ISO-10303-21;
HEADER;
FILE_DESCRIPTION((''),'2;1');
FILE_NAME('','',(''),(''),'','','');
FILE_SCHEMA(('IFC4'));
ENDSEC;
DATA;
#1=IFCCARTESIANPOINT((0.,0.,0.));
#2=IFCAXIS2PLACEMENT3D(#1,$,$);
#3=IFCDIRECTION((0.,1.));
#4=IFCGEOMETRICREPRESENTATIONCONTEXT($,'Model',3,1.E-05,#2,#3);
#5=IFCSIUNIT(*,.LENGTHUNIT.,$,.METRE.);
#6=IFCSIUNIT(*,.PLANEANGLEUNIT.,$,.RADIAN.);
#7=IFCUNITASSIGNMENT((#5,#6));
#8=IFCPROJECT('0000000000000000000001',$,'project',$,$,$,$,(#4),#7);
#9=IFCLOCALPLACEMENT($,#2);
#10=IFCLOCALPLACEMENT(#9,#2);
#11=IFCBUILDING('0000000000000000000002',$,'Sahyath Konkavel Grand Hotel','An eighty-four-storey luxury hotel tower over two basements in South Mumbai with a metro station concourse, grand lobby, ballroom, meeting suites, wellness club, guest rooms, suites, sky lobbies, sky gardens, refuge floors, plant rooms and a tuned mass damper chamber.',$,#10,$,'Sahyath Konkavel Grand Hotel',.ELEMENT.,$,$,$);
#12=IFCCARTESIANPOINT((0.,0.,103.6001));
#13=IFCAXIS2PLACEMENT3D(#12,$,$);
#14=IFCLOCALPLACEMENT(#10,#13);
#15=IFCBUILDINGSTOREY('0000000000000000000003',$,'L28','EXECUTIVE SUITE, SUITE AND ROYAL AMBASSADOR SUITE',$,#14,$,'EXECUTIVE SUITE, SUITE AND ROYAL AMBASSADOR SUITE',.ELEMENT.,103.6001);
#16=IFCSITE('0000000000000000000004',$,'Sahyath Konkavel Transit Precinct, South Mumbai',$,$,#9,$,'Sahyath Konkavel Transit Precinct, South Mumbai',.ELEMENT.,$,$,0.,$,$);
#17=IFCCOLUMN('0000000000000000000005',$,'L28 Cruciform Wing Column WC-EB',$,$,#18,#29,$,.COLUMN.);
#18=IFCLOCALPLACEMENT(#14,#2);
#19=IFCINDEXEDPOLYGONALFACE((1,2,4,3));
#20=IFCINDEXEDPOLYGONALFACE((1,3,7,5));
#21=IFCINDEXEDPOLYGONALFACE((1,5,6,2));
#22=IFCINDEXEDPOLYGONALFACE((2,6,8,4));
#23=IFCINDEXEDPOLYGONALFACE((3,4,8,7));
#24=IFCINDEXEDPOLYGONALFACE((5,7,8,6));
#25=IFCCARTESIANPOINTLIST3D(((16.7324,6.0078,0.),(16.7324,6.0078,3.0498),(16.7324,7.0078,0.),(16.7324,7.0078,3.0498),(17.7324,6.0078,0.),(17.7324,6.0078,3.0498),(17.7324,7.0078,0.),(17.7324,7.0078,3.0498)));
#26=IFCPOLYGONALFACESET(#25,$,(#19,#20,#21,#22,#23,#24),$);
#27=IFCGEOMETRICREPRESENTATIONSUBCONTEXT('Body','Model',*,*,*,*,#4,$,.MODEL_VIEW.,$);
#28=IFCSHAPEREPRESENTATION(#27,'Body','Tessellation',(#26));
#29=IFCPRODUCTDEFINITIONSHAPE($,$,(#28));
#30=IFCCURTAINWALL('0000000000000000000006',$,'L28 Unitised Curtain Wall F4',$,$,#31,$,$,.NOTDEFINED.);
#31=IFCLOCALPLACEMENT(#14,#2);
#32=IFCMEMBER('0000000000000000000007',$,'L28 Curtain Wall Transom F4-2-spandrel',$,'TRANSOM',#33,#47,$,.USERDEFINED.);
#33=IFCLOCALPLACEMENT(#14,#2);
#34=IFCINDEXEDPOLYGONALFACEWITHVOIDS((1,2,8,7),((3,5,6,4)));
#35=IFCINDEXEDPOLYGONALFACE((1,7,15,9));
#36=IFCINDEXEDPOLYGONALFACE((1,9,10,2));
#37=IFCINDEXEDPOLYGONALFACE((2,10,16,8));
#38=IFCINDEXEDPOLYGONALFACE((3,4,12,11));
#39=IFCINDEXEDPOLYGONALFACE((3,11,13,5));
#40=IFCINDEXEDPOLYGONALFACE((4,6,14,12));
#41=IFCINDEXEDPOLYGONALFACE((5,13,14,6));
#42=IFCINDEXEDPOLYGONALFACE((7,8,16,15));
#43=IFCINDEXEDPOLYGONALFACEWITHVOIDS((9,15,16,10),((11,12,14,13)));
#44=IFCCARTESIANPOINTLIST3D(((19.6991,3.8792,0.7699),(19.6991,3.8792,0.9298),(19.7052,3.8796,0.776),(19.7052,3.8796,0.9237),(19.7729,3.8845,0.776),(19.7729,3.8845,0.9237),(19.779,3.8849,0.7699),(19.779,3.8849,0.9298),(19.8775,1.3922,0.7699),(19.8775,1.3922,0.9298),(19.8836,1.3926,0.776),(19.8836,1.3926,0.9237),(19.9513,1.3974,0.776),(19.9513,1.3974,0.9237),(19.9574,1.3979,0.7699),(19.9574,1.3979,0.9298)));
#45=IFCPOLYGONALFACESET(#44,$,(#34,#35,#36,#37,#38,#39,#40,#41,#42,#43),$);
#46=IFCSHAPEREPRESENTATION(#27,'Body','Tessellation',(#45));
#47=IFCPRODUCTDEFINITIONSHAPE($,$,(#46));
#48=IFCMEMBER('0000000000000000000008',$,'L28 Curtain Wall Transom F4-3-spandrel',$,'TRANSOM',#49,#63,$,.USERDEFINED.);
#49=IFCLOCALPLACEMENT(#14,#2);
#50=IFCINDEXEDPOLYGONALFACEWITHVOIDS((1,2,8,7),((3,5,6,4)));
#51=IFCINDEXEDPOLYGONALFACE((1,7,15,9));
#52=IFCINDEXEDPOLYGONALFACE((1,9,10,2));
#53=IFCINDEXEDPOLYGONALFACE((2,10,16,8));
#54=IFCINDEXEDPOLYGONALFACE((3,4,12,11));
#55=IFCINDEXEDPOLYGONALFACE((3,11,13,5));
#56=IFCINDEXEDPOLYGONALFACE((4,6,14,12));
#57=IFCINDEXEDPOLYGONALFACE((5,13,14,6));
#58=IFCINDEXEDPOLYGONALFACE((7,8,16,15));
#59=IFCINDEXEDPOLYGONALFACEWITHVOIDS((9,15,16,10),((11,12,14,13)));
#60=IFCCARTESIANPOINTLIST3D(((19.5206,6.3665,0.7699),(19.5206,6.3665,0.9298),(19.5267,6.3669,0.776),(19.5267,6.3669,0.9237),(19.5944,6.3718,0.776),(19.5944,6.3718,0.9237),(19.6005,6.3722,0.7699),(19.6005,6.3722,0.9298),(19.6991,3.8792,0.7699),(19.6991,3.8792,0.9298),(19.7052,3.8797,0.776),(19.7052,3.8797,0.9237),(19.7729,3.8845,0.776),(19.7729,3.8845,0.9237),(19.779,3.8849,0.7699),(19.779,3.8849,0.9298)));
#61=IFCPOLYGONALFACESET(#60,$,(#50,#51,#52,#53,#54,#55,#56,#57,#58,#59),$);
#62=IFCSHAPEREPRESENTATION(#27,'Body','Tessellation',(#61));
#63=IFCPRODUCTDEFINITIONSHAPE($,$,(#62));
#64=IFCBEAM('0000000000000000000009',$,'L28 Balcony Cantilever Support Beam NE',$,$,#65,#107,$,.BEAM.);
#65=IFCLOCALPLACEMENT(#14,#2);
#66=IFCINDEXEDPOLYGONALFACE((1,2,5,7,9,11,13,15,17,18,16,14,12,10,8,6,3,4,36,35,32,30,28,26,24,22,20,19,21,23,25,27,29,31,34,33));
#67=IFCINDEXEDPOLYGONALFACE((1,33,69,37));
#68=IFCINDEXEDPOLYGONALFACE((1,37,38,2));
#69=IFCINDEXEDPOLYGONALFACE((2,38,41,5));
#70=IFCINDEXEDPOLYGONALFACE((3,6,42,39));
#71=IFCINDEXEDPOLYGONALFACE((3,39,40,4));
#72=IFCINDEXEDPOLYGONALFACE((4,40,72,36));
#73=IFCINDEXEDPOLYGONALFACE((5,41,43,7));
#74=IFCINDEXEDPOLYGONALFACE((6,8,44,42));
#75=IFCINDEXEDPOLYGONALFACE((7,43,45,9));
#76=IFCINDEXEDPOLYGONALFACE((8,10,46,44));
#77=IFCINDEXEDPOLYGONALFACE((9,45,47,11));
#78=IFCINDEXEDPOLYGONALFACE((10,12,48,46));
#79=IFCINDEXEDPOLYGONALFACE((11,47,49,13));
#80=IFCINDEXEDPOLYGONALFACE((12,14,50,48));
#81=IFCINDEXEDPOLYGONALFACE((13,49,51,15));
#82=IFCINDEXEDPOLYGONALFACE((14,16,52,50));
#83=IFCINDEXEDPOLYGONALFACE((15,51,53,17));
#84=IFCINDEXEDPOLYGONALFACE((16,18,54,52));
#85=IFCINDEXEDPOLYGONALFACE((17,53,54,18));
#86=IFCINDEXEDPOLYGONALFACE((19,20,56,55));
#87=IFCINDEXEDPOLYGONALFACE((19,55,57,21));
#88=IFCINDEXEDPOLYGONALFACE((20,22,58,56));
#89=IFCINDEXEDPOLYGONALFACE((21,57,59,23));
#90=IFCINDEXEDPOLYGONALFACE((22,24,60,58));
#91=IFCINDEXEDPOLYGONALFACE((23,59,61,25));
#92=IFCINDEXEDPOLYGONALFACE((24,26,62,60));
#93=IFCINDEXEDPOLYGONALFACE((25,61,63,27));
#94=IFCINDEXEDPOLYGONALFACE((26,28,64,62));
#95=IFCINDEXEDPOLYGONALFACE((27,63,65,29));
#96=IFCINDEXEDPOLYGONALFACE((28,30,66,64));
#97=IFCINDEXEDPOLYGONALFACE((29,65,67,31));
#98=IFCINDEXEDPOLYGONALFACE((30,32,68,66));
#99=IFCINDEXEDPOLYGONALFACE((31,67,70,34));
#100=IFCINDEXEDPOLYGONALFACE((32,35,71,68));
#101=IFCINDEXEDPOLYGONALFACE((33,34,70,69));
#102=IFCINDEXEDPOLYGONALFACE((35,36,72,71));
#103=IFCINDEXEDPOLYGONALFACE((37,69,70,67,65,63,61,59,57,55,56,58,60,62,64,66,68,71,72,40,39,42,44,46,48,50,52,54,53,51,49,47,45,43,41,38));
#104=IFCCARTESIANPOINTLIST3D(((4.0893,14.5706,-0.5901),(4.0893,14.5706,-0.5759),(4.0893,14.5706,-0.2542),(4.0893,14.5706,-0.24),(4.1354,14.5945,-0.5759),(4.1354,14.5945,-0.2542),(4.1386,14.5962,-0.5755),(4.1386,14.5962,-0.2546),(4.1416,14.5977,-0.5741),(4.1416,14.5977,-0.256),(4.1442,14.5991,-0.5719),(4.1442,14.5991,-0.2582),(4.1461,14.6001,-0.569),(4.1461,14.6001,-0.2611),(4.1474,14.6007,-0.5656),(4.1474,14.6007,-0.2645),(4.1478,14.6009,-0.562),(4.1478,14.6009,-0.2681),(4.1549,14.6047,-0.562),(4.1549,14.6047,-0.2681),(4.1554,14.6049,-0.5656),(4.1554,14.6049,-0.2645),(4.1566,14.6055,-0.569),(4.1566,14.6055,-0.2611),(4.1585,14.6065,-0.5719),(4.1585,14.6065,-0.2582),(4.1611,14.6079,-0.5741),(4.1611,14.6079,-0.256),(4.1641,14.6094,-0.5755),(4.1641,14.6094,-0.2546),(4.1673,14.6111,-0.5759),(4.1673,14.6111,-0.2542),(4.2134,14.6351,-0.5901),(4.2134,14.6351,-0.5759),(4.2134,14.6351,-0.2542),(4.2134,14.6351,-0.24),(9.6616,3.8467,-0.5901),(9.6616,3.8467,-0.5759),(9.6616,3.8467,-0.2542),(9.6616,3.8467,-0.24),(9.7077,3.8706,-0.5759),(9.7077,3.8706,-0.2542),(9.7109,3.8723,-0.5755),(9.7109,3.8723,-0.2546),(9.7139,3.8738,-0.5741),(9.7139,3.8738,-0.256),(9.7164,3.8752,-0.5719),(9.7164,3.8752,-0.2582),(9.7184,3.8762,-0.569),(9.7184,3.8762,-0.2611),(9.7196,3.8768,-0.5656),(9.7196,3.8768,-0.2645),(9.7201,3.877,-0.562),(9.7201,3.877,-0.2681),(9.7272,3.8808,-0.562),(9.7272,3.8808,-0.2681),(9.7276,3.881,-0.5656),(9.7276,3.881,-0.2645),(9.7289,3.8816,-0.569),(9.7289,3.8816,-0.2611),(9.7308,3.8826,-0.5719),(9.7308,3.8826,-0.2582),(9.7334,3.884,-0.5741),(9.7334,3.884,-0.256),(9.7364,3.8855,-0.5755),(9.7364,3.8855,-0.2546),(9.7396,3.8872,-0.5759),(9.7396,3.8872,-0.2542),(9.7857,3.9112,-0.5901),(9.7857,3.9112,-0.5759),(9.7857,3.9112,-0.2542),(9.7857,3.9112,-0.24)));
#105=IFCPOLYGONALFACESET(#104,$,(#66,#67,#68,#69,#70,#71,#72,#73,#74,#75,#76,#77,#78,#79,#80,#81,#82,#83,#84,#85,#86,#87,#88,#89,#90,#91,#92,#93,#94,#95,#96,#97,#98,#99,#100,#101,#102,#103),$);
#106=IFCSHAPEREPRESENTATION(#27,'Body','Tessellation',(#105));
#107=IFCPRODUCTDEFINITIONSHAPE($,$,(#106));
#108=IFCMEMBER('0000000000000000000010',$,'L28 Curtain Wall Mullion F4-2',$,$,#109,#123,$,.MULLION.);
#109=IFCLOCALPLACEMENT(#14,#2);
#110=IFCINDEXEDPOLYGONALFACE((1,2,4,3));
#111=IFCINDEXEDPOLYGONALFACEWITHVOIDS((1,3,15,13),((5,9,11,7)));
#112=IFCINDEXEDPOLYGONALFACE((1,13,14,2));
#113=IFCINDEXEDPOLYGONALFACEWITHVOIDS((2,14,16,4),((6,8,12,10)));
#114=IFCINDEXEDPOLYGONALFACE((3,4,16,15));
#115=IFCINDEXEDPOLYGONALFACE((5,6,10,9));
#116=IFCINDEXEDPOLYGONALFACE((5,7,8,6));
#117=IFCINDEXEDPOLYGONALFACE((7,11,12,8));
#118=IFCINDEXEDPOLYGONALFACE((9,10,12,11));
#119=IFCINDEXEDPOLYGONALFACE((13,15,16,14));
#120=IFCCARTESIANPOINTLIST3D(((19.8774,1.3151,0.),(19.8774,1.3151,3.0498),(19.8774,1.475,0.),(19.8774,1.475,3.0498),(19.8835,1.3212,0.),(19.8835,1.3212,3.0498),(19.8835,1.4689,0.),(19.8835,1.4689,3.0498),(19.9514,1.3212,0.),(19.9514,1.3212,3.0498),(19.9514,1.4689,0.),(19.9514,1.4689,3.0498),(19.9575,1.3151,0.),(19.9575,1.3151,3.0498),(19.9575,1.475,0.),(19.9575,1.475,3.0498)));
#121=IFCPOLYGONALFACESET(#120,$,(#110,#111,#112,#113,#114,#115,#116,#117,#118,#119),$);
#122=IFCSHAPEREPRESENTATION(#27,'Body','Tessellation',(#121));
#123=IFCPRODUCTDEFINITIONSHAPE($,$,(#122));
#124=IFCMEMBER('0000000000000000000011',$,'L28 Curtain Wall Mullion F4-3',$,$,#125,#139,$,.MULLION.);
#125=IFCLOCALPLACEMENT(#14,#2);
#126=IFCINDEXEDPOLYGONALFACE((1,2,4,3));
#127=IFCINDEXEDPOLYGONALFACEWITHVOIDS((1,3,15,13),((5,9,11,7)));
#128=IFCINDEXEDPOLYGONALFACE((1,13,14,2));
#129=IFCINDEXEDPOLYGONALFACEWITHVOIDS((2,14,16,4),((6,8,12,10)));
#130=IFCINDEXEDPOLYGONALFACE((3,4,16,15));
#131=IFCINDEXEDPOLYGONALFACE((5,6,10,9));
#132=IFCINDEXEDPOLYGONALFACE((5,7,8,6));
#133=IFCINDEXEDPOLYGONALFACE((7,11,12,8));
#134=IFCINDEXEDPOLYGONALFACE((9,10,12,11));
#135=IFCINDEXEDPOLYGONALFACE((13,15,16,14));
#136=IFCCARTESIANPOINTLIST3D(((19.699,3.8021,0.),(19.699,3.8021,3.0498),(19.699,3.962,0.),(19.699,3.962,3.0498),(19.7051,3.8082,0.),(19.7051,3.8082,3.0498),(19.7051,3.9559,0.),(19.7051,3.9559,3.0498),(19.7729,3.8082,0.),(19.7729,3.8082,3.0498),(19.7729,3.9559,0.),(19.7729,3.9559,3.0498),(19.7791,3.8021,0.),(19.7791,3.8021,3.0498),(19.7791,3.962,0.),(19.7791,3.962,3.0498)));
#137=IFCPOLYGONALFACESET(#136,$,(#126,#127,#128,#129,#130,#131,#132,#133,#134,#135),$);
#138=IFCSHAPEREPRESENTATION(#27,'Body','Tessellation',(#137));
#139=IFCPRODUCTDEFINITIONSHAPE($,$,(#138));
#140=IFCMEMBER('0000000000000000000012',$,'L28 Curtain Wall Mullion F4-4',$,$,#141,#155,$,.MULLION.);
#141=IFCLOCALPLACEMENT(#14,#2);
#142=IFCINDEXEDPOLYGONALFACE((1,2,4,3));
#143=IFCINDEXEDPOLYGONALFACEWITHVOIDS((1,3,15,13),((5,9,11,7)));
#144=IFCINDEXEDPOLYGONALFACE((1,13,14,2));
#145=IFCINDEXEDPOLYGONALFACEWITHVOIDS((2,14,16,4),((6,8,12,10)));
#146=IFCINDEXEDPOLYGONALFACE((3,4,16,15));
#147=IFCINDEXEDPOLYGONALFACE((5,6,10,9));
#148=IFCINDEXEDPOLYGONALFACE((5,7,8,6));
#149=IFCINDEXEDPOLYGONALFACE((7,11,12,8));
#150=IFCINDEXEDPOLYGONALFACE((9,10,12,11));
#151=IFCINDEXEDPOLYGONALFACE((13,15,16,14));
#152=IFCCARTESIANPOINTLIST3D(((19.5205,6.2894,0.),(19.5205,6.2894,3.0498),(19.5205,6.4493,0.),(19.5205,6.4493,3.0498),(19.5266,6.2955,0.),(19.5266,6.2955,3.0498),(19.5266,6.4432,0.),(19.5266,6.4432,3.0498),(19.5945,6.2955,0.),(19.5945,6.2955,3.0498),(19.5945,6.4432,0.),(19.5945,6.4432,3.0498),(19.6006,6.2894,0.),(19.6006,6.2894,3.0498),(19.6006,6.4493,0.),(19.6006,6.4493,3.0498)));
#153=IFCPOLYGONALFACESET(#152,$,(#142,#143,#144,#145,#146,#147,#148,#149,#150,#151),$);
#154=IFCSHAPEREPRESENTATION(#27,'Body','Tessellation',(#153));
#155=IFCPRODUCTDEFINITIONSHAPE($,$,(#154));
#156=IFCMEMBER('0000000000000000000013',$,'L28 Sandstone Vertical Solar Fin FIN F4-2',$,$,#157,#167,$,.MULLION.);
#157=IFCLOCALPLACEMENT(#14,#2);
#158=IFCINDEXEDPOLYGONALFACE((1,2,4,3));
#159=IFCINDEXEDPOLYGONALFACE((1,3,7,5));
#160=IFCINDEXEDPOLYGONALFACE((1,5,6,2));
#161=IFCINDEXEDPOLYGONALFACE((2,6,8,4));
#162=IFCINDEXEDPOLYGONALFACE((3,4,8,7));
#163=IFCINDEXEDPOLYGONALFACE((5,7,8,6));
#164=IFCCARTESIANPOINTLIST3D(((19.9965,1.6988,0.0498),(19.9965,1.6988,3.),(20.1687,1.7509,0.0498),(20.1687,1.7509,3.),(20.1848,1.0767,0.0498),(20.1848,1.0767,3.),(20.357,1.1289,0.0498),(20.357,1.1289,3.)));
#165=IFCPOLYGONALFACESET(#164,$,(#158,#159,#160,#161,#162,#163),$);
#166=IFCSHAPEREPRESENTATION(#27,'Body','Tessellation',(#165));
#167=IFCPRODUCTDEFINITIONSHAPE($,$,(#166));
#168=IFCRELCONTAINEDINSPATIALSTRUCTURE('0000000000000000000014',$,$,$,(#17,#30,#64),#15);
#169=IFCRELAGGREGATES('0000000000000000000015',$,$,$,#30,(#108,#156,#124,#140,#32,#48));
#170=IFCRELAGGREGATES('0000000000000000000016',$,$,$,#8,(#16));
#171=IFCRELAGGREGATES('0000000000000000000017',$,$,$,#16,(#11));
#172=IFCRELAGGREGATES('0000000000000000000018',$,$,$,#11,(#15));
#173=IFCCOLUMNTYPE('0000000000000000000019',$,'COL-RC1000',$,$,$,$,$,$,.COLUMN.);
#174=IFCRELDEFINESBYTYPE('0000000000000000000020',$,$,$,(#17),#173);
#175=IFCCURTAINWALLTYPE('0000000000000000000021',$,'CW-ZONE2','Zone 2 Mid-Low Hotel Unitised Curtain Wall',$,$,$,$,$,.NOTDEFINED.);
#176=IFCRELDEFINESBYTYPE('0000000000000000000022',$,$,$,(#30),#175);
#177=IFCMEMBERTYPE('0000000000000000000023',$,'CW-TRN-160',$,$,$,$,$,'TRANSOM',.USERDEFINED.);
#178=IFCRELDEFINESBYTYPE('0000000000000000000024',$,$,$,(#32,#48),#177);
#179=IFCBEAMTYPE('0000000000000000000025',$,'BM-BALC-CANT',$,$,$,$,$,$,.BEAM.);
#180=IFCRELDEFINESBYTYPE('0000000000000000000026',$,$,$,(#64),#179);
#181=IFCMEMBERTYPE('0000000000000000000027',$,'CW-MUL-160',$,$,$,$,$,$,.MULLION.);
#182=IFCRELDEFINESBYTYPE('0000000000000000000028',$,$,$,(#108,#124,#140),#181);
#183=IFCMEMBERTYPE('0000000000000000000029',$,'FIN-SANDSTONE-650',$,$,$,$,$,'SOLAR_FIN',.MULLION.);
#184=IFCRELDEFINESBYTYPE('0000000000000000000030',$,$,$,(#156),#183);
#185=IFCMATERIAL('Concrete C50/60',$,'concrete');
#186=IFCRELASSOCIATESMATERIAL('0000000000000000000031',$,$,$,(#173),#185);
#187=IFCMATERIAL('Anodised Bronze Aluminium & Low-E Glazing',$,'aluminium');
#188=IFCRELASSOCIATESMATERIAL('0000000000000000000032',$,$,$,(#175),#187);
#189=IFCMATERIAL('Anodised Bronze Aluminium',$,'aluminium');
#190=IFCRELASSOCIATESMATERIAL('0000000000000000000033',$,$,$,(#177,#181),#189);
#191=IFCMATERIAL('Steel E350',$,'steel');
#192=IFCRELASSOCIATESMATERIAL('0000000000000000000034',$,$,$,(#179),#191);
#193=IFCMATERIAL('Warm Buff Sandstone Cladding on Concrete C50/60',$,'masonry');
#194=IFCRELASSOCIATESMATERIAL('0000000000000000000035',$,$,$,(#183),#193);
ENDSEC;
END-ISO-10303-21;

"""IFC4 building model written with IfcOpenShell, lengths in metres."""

from ifc_helpers import new_model, si_unit, direction, frame, origin, origin_2d, place, context, subcontext, project, spatial, rectangle, hollow_rectangle, i_section, extrude, source, transform, mapped, material, material_profile, profile_set, type_object, element, aggregate, save


model = new_model("IFC4")

# Units and contexts
model_context = context("Model", 3, precision=1e-05, world=origin(), true_north=direction((0.0, 1.0)))
body_context = subcontext(model_context, "Body", "Model", "MODEL_VIEW")
ifc_project = project(units=[si_unit("LENGTHUNIT", "METRE"), si_unit("PLANEANGLEUNIT", "RADIAN")], contexts=[model_context])

# Site, building, storey
site_placement = place(None, origin())
site = spatial("IfcSite", under=ifc_project, at=site_placement, Name="Sahyath Konkavel Transit Precinct, South Mumbai", LongName="Sahyath Konkavel Transit Precinct, South Mumbai", CompositionType="ELEMENT", RefElevation=0.0)
building_placement = place(site_placement, origin())
building = spatial("IfcBuilding", under=site, at=building_placement, Name="Sahyath Konkavel Grand Hotel", Description="An eighty-four-storey luxury hotel tower over two basements in South Mumbai with a metro station concourse, grand lobby, ballroom, meeting suites, wellness club, guest rooms, suites, sky lobbies, sky gardens, refuge floors, plant rooms and a tuned mass damper chamber.", LongName="Sahyath Konkavel Grand Hotel", CompositionType="ELEMENT")
storey_placement = place(building_placement, frame((0.0, 0.0, 103.6001)))
storey = spatial("IfcBuildingStorey", under=building, at=storey_placement, Name="L28", Description="EXECUTIVE SUITE, SUITE AND ROYAL AMBASSADOR SUITE", LongName="EXECUTIVE SUITE, SUITE AND ROYAL AMBASSADOR SUITE", CompositionType="ELEMENT", Elevation=103.6001)

# Column
ifc_material_1 = material(Name="Concrete C50/60", Category="concrete")
ifc_material_profile_1 = material_profile(ifc_material_1, rectangle(XDim=1.0, YDim=1.0, at=origin_2d()), Name="RC 1000x1000")
ifc_profile_set_1 = profile_set([ifc_material_profile_1], Name="Concrete C50/60")
column_type = type_object("IfcColumnType", Name="COL-RC1000", PredefinedType="COLUMN", material=ifc_profile_set_1)
shared_shape_1 = source(origin(), body_context, "Body", "SweptSolid", [
    extrude(rectangle(XDim=1.0, YDim=1.0, at=origin_2d()), origin(), (0.0, 0.0, 1.0), 3.0498),
])
column_placement = place(storey_placement, frame((17.2324, 6.5078, 0.0), z_axis=(0.0, 0.0, 1.0), x_axis=(1.0, 0.0, 0.0)))
element("IfcColumn", 1, at=column_placement, inside=storey, type_object=column_type, Name="L28 Cruciform Wing Column WC-EB", PredefinedType="COLUMN", context=body_context, shape_type="MappedRepresentation", body=[
    mapped(shared_shape_1, transform((0.0, 0.0, 0.0), scale=1.0)),
])

# Curtain wall, members
ifc_material_2 = material(Name="Anodised Bronze Aluminium & Low-E Glazing", Category="aluminium")
curtain_wall_type = type_object("IfcCurtainWallType", Name="CW-ZONE2", Description="Zone 2 Mid-Low Hotel Unitised Curtain Wall", PredefinedType="NOTDEFINED", material=ifc_material_2)
curtain_wall_placement = place(storey_placement, origin())
curtain_wall = element("IfcCurtainWall", 2, at=curtain_wall_placement, inside=storey, type_object=curtain_wall_type, Name="L28 Unitised Curtain Wall F4", PredefinedType="NOTDEFINED")
ifc_material_3 = material(Name="Anodised Bronze Aluminium", Category="aluminium")
ifc_material_profile_2 = material_profile(ifc_material_3, hollow_rectangle(XDim=0.0801, YDim=0.1599, WallThickness=0.0061, at=origin_2d()), Name="RHS 160x80x6")
ifc_profile_set_2 = profile_set([ifc_material_profile_2], Name="Anodised Bronze Aluminium")
member_type_1 = type_object("IfcMemberType", Name="CW-TRN-160", ElementType="TRANSOM", PredefinedType="USERDEFINED", material=ifc_profile_set_2)
shared_shape_2 = source(origin(), body_context, "Body", "SweptSolid", [
    extrude(hollow_rectangle(XDim=0.0801, YDim=0.1599, WallThickness=0.0061, at=origin_2d()), origin(), (0.0, 0.0, 1.0), 2.4934),
])
member_1_placement = place(storey_placement, frame((19.9175, 1.395, 0.8499), z_axis=(-0.071574, 0.997435, 0.0), x_axis=(-0.997435, -0.071574, 0.0)))
member_1 = element("IfcMember", 3, at=member_1_placement, type_object=member_type_1, Name="L28 Curtain Wall Transom F4-2-spandrel", ObjectType="TRANSOM", PredefinedType="USERDEFINED", context=body_context, shape_type="MappedRepresentation", body=[
    mapped(shared_shape_2, transform((0.0, 0.0, 0.0), scale=1.0)),
])
shared_shape_3 = source(origin(), body_context, "Body", "SweptSolid", [
    extrude(hollow_rectangle(XDim=0.0801, YDim=0.1599, WallThickness=0.0061, at=origin_2d()), origin(), (0.0, 0.0, 1.0), 2.4937),
])
member_2_placement = place(storey_placement, frame((19.739, 3.8821, 0.8499), z_axis=(-0.071567, 0.997436, 0.0), x_axis=(-0.997436, -0.071567, 0.0)))
member_2 = element("IfcMember", 4, at=member_2_placement, type_object=member_type_1, Name="L28 Curtain Wall Transom F4-3-spandrel", ObjectType="TRANSOM", PredefinedType="USERDEFINED", context=body_context, shape_type="MappedRepresentation", body=[
    mapped(shared_shape_3, transform((0.0, 0.0, 0.0), scale=1.0)),
])

# Beam
ifc_material_4 = material(Name="Steel E350", Category="steel")
ifc_material_profile_3 = material_profile(ifc_material_4, i_section(OverallWidth=0.1399, OverallDepth=0.3501, WebThickness=0.0081, FlangeThickness=0.0142, FilletRadius=0.0139, at=origin_2d()), Name="ISMB 350")
ifc_profile_set_3 = profile_set([ifc_material_profile_3], Name="Steel E350")
beam_type = type_object("IfcBeamType", Name="BM-BALC-CANT", PredefinedType="BEAM", material=ifc_profile_set_3)
shared_shape_4 = source(origin(), body_context, "Body", "SweptSolid", [
    extrude(i_section(OverallWidth=0.1399, OverallDepth=0.3501, WebThickness=0.0081, FlangeThickness=0.0142, FilletRadius=0.0139, at=origin_2d()), origin(), (0.0, 0.0, 1.0), 12.0852),
])
beam_placement = place(storey_placement, frame((9.7236, 3.8789, -0.415), z_axis=(-0.461082, 0.887357, 0.0), x_axis=(-0.887357, -0.461082, 0.0)))
element("IfcBeam", 5, at=beam_placement, inside=storey, type_object=beam_type, Name="L28 Balcony Cantilever Support Beam NE", PredefinedType="BEAM", context=body_context, shape_type="MappedRepresentation", body=[
    mapped(shared_shape_4, transform((0.0, 0.0, 0.0), scale=1.0)),
])

# Members
ifc_material_profile_4 = material_profile(ifc_material_3, hollow_rectangle(XDim=0.0801, YDim=0.1599, WallThickness=0.0061, at=origin_2d()), Name="RHS 160x80x6")
ifc_profile_set_4 = profile_set([ifc_material_profile_4], Name="Anodised Bronze Aluminium")
member_type_2 = type_object("IfcMemberType", Name="CW-MUL-160", PredefinedType="MULLION", material=ifc_profile_set_4)
shared_shape_5 = source(origin(), body_context, "Body", "SweptSolid", [
    extrude(hollow_rectangle(XDim=0.0801, YDim=0.1599, WallThickness=0.0061, at=origin_2d()), origin(), (0.0, 0.0, 1.0), 3.0498),
])
member_3_placement = place(storey_placement, frame((19.9175, 1.395, 0.0), z_axis=(0.0, 0.0, 1.0), x_axis=(1.0, 0.0, 0.0)))
member_3 = element("IfcMember", 6, at=member_3_placement, type_object=member_type_2, Name="L28 Curtain Wall Mullion F4-2", PredefinedType="MULLION", context=body_context, shape_type="MappedRepresentation", body=[
    mapped(shared_shape_5, transform((0.0, 0.0, 0.0), scale=1.0)),
])
member_4_placement = place(storey_placement, frame((19.739, 3.8821, 0.0), z_axis=(0.0, 0.0, 1.0), x_axis=(1.0, 0.0, 0.0)))
member_4 = element("IfcMember", 7, at=member_4_placement, type_object=member_type_2, Name="L28 Curtain Wall Mullion F4-3", PredefinedType="MULLION", context=body_context, shape_type="MappedRepresentation", body=[
    mapped(shared_shape_5, transform((0.0, 0.0, 0.0), scale=1.0)),
])
member_5_placement = place(storey_placement, frame((19.5605, 6.3694, 0.0), z_axis=(0.0, 0.0, 1.0), x_axis=(1.0, 0.0, 0.0)))
member_5 = element("IfcMember", 8, at=member_5_placement, type_object=member_type_2, Name="L28 Curtain Wall Mullion F4-4", PredefinedType="MULLION", context=body_context, shape_type="MappedRepresentation", body=[
    mapped(shared_shape_5, transform((0.0, 0.0, 0.0), scale=1.0)),
])
ifc_material_5 = material(Name="Warm Buff Sandstone Cladding on Concrete C50/60", Category="masonry")
ifc_material_profile_5 = material_profile(ifc_material_5, rectangle(XDim=0.1799, YDim=0.6499, at=origin_2d()), Name="FIN 180x650")
ifc_profile_set_5 = profile_set([ifc_material_profile_5], Name="Warm Buff Sandstone Cladding on Concrete C50/60")
member_type_3 = type_object("IfcMemberType", Name="FIN-SANDSTONE-650", ElementType="SOLAR_FIN", PredefinedType="MULLION", material=ifc_profile_set_5)
shared_shape_6 = source(origin(), body_context, "Body", "SweptSolid", [
    extrude(rectangle(XDim=0.1799, YDim=0.6499, at=origin_2d()), origin(), (0.0, 0.0, 1.0), 2.9502),
])
member_6_placement = place(storey_placement, frame((20.1768, 1.4138, 0.0498), z_axis=(0.0, 0.0, 1.0), x_axis=(0.957117, 0.2897, 0.0)))
member_6 = element("IfcMember", 9, at=member_6_placement, type_object=member_type_3, Name="L28 Sandstone Vertical Solar Fin FIN F4-2", PredefinedType="MULLION", context=body_context, shape_type="MappedRepresentation", body=[
    mapped(shared_shape_6, transform((0.0, 0.0, 0.0), scale=1.0)),
])

aggregate(curtain_wall, [member_3, member_6, member_4, member_5, member_1, member_2])

save(model, "model.ifc")
